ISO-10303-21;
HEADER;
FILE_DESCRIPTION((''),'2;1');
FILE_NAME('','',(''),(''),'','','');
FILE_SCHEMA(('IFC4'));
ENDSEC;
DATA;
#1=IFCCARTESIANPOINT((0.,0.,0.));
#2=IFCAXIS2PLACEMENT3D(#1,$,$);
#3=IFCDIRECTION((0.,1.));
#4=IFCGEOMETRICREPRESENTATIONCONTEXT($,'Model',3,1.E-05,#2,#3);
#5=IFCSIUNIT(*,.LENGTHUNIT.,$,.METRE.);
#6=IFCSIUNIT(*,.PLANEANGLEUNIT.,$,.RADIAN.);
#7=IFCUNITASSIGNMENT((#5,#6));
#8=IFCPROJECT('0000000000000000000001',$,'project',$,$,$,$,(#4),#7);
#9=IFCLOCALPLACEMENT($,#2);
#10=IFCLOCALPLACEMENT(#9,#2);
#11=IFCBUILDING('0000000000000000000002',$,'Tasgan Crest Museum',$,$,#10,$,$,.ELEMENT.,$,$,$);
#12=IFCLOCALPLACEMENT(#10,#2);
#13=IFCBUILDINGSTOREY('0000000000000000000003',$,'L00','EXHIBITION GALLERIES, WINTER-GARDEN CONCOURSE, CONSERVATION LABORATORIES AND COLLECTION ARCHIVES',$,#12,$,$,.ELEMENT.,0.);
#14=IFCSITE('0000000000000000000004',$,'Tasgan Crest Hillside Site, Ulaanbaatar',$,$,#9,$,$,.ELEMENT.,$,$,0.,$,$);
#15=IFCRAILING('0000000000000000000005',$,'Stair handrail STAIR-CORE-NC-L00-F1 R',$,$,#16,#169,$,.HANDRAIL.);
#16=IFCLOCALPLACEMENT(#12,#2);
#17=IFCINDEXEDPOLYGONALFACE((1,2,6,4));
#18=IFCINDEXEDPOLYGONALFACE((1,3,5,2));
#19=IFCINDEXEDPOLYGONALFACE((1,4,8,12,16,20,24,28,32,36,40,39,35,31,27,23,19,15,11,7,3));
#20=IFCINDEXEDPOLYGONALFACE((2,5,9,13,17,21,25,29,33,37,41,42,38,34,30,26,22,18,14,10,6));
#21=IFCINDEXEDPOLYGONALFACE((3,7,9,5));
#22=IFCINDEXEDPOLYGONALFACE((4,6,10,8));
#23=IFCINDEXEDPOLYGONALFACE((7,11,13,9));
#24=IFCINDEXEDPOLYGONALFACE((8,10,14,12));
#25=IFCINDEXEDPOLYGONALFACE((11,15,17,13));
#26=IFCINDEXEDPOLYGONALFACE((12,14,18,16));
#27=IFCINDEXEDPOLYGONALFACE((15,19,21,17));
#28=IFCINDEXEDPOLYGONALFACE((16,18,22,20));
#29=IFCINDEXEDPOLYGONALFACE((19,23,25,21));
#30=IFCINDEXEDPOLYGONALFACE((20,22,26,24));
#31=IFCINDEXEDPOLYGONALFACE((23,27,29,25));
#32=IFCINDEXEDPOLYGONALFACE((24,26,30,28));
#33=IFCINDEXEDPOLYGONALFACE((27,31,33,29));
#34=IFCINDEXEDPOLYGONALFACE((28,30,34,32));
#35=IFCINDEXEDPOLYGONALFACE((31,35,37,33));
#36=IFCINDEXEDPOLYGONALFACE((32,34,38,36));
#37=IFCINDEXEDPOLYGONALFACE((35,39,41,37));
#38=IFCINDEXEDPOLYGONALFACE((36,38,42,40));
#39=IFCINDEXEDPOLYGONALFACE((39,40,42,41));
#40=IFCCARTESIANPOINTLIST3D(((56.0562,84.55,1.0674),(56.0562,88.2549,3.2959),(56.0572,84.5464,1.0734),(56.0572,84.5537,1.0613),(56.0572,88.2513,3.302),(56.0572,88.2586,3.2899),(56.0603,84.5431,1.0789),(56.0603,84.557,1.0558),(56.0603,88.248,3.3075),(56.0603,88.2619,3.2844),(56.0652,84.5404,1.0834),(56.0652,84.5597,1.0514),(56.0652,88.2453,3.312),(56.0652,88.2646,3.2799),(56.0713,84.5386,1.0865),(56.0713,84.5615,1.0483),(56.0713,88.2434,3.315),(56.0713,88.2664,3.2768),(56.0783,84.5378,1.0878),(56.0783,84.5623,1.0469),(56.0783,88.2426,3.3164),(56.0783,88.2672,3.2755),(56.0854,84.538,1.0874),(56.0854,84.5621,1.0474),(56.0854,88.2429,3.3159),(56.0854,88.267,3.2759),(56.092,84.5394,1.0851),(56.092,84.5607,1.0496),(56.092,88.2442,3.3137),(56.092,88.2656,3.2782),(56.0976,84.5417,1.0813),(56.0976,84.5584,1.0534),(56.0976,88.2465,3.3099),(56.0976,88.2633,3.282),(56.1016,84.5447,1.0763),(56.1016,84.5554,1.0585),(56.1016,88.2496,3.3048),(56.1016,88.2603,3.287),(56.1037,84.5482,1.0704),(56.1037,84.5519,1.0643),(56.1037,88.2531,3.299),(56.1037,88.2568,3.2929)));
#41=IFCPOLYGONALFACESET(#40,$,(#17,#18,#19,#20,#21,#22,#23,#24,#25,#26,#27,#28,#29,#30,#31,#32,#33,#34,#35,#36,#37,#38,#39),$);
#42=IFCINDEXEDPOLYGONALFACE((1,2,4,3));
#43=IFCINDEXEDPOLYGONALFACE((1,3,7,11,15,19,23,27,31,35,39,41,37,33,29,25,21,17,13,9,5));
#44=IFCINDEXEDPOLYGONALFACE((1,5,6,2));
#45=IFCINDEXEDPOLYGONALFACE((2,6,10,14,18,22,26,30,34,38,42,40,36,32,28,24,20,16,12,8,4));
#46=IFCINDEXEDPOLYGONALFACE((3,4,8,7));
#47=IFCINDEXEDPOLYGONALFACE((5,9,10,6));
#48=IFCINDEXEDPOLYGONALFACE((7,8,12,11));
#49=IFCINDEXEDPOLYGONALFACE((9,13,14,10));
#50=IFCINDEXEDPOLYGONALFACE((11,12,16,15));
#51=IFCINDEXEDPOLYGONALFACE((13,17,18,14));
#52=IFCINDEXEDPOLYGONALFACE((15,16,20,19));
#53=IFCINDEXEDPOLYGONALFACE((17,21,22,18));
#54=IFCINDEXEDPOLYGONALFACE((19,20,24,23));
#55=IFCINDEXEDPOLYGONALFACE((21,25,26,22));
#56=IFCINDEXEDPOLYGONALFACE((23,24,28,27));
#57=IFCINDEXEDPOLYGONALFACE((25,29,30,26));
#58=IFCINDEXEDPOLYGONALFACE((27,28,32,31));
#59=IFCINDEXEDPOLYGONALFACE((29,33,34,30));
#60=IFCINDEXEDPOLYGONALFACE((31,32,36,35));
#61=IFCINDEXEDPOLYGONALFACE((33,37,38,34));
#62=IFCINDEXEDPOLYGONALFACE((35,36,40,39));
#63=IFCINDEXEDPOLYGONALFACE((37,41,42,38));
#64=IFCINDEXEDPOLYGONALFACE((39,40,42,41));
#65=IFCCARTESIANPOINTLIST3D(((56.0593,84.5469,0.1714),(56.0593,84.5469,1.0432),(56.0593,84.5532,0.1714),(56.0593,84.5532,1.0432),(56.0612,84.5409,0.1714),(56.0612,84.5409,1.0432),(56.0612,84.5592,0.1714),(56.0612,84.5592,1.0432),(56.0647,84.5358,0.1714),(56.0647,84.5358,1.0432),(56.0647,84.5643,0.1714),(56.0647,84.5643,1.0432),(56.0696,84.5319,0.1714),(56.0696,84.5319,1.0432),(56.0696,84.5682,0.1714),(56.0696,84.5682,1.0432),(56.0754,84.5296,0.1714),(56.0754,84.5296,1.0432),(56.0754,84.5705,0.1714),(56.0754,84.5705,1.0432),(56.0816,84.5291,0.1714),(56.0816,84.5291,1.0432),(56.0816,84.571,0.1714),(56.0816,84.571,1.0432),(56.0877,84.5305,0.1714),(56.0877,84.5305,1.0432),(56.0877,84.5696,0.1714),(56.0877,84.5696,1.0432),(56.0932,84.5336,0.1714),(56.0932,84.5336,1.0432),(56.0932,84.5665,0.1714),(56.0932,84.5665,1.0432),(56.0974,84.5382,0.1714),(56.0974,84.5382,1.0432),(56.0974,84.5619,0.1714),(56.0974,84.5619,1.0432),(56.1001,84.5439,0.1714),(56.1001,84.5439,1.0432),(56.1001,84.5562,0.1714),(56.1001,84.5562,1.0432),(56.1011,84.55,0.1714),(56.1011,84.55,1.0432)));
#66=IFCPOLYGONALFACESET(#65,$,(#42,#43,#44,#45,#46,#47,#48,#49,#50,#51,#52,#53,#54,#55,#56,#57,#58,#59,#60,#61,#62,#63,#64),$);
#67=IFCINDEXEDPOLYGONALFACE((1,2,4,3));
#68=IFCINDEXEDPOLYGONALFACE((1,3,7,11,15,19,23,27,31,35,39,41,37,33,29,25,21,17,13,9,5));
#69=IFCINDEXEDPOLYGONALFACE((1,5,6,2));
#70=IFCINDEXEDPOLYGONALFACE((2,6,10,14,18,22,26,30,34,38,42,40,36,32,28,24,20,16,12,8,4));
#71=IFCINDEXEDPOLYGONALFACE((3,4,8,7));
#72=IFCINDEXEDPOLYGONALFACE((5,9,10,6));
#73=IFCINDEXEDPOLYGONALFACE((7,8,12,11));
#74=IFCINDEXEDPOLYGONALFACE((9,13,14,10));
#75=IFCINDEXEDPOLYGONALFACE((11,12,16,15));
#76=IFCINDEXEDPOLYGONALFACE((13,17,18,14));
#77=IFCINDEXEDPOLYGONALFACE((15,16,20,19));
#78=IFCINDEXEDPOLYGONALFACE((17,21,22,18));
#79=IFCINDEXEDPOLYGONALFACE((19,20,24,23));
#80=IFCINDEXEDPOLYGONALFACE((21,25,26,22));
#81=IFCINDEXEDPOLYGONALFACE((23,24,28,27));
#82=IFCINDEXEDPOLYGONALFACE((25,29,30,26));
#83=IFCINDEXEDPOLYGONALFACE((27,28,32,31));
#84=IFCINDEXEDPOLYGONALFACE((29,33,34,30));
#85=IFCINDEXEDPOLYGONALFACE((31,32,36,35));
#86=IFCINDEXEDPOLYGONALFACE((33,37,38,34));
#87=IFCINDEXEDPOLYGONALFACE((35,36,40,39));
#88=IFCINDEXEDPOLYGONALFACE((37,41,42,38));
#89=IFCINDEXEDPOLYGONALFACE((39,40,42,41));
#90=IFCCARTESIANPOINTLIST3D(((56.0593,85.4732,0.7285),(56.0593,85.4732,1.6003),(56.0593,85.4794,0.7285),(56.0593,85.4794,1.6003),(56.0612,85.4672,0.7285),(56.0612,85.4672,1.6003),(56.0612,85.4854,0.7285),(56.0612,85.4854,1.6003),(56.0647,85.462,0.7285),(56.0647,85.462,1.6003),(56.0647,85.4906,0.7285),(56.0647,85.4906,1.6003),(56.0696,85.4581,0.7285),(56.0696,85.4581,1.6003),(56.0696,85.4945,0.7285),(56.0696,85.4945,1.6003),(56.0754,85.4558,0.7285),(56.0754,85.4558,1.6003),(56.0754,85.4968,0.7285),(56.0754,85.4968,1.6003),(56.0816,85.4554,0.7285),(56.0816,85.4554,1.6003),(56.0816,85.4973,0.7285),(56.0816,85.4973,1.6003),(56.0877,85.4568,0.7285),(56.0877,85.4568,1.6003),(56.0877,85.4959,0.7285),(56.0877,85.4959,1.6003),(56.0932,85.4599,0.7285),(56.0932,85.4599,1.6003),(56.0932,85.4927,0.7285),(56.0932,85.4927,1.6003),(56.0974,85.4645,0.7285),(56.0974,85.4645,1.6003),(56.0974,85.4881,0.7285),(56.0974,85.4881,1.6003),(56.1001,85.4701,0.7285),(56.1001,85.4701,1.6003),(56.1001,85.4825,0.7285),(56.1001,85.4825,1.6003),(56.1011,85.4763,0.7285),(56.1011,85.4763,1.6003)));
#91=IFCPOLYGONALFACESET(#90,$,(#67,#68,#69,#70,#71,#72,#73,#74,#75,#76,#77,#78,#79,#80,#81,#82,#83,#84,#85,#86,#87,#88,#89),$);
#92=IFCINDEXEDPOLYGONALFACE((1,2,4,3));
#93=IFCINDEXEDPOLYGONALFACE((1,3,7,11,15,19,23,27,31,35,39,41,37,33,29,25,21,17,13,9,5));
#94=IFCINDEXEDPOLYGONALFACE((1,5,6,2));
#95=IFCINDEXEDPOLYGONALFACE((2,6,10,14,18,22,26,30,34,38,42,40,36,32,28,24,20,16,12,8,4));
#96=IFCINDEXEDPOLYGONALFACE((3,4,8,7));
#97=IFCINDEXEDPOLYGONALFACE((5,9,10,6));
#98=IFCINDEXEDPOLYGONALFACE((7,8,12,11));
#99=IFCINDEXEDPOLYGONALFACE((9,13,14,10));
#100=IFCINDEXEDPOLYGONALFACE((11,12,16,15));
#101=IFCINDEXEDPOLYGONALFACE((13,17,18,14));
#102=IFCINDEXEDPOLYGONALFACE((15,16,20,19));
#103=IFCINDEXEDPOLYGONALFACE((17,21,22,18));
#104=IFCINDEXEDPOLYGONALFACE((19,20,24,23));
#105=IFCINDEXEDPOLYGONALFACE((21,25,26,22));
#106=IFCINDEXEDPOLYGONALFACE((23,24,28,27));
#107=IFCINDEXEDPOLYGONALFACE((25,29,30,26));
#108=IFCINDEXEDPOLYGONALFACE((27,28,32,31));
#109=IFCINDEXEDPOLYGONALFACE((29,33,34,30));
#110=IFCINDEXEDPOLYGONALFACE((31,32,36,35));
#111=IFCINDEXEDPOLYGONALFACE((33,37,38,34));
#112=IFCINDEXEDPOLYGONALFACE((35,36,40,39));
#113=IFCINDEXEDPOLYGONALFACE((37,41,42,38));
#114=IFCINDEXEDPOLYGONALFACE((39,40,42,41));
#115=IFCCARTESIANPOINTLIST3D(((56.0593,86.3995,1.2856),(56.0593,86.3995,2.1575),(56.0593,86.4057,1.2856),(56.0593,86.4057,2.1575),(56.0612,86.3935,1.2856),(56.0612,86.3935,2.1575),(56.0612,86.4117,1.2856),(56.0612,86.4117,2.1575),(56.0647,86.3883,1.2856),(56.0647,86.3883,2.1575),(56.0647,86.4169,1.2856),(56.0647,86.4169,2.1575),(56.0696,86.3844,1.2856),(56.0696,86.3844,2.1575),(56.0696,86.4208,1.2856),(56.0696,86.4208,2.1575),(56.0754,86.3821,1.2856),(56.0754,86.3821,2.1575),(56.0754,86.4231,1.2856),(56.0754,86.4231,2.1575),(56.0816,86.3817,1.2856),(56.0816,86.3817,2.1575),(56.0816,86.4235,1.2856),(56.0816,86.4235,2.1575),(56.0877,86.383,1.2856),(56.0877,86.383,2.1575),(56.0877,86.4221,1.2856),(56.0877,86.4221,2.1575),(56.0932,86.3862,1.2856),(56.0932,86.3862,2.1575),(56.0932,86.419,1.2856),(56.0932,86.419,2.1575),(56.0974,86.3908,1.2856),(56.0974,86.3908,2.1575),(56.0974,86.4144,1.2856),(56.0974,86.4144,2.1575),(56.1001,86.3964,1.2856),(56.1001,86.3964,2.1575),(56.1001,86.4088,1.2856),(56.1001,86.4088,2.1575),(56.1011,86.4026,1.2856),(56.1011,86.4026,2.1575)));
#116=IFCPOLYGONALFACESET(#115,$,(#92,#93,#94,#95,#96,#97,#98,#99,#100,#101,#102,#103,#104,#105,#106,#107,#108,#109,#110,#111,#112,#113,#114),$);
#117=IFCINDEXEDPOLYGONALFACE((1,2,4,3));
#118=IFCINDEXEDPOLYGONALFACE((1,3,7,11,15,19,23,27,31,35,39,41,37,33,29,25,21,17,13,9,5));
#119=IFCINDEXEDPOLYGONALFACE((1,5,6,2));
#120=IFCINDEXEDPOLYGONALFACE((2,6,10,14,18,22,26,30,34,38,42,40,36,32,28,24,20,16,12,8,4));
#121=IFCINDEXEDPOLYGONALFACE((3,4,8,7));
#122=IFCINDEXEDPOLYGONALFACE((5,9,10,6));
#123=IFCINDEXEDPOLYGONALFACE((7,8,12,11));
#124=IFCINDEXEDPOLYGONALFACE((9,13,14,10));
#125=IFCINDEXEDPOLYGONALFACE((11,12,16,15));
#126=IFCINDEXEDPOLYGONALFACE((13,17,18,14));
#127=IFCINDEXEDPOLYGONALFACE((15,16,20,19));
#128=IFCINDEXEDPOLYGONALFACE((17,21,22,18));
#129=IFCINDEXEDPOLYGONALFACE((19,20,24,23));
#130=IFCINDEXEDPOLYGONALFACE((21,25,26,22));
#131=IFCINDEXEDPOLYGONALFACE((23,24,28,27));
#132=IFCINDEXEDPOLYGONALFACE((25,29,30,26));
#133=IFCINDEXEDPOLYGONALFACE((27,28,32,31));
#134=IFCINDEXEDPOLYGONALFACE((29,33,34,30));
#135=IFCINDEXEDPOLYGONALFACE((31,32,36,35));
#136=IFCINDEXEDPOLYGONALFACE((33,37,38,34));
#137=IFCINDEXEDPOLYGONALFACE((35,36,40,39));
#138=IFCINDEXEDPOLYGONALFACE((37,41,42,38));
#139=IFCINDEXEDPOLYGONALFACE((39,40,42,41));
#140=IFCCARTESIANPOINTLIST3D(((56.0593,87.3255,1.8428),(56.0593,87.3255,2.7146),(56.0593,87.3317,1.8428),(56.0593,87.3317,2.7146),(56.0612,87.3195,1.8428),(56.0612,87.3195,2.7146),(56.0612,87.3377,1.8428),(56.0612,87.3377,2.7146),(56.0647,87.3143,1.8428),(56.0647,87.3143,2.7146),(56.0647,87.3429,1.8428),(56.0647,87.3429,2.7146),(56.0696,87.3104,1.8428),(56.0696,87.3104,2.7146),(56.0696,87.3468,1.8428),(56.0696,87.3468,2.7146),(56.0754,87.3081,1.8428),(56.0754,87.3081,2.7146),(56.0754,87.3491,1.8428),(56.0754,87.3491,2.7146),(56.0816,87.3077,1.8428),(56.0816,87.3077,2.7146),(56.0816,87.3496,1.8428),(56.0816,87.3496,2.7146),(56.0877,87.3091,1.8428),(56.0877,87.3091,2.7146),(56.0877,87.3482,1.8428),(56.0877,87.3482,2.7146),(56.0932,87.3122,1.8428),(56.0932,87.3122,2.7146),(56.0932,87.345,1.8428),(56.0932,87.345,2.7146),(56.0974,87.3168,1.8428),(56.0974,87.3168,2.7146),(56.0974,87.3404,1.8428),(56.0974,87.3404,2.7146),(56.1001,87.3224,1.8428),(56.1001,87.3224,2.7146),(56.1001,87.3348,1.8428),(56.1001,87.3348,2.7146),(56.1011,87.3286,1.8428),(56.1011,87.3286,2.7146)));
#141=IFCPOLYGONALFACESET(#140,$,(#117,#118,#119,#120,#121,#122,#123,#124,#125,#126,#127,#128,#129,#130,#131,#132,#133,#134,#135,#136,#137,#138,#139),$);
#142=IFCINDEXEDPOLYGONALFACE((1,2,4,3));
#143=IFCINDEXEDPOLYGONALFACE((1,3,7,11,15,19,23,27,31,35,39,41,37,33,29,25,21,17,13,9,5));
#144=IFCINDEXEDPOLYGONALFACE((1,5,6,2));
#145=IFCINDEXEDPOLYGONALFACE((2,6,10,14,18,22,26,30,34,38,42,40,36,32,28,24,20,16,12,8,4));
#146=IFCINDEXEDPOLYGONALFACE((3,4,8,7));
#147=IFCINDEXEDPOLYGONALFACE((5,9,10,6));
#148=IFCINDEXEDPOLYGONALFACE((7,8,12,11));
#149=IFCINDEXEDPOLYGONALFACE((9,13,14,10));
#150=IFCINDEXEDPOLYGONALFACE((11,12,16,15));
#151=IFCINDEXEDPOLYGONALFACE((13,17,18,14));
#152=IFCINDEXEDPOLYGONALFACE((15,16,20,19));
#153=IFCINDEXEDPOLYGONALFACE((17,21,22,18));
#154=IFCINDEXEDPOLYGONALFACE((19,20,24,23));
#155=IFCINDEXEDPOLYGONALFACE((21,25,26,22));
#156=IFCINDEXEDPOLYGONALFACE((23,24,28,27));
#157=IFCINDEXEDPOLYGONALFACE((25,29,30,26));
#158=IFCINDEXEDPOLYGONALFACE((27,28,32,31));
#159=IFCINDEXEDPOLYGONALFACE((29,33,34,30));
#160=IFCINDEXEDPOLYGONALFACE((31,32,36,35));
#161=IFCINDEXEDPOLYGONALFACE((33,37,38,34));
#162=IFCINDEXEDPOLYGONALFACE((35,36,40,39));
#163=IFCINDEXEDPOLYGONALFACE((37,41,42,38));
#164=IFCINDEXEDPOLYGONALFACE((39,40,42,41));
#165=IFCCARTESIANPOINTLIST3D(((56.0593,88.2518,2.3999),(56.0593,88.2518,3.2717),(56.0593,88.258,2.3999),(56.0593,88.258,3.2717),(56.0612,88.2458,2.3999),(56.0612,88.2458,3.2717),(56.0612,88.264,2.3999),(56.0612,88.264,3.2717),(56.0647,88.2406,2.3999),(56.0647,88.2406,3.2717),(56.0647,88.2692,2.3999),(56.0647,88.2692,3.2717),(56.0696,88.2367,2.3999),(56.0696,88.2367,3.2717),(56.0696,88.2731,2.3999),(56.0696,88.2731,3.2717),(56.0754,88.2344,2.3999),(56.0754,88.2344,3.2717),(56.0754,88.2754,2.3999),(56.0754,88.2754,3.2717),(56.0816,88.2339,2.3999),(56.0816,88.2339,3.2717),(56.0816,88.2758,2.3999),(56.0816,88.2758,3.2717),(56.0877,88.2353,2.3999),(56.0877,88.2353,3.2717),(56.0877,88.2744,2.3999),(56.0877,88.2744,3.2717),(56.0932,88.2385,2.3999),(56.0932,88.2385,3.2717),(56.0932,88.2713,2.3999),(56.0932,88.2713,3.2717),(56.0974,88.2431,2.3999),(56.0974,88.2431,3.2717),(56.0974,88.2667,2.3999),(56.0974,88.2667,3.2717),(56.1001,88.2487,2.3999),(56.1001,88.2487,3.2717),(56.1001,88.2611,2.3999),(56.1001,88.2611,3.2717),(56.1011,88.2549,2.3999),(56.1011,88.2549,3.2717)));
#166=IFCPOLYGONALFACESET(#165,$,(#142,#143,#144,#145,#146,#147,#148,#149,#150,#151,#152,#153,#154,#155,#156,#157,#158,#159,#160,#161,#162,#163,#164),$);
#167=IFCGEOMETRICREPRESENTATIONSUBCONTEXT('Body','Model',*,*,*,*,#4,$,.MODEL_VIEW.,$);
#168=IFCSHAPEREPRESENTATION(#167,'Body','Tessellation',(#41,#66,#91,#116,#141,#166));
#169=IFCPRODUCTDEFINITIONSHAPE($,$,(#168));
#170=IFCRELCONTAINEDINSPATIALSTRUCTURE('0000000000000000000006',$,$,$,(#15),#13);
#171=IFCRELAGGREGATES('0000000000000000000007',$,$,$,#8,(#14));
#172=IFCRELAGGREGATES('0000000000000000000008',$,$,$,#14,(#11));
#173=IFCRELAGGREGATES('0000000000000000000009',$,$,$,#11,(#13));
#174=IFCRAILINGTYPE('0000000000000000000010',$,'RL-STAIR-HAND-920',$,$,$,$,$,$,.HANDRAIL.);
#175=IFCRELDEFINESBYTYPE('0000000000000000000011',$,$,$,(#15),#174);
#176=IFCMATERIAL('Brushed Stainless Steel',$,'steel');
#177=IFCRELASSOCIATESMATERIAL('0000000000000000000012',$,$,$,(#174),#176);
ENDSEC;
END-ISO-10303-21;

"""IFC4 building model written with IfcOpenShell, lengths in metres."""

from ifc_helpers import new_model, si_unit, direction, frame, origin, origin_2d, place, context, subcontext, project, spatial, circle, extrude, material, type_object, element, save


model = new_model("IFC4")

# Units and contexts
model_context = context("Model", 3, precision=1e-05, world=origin(), true_north=direction((0.0, 1.0)))
body_context = subcontext(model_context, "Body", "Model", "MODEL_VIEW")
ifc_project = project(units=[si_unit("LENGTHUNIT", "METRE"), si_unit("PLANEANGLEUNIT", "RADIAN")], contexts=[model_context])

# Site, building, storey
site_placement = place(None, origin())
site = spatial("IfcSite", under=ifc_project, at=site_placement, Name="Tasgan Crest Hillside Site, Ulaanbaatar", CompositionType="ELEMENT", RefElevation=0.0)
building_placement = place(site_placement, origin())
building = spatial("IfcBuilding", under=site, at=building_placement, Name="Tasgan Crest Museum", CompositionType="ELEMENT")
storey_placement = place(building_placement, origin())
storey = spatial("IfcBuildingStorey", under=building, at=storey_placement, Name="L00", Description="EXHIBITION GALLERIES, WINTER-GARDEN CONCOURSE, CONSERVATION LABORATORIES AND COLLECTION ARCHIVES", CompositionType="ELEMENT", Elevation=0.0)

# Railing
ifc_material_1 = material(Name="Brushed Stainless Steel", Category="steel")
railing_type_1 = type_object("IfcRailingType", Name="RL-STAIR-HAND-920", PredefinedType="HANDRAIL", material=ifc_material_1)
railing_1_placement = place(storey_placement, frame((56.0801, 84.55, 0.1714)))
element("IfcRailing", 1, at=railing_1_placement, inside=storey, type_object=railing_type_1, Name="Stair handrail STAIR-CORE-NC-L00-F1 R", PredefinedType="HANDRAIL", context=body_context, shape_type="SweptSolid", body=[
    extrude(circle(Radius=0.0239, at=origin_2d()), frame((0.0, 0.0, 0.896), z_axis=(0.0, 0.856919, 0.51545), x_axis=(-1.0, 0.0, 0.0)), (0.0, 0.0, 1.0), 4.3235),
    extrude(circle(Radius=0.021, at=origin_2d()), origin(), (0.0, 0.0, 1.0), 0.8718),
    extrude(circle(Radius=0.021, at=origin_2d()), frame((0.0, 0.9263, 0.5571)), (0.0, 0.0, 1.0), 0.8718),
    extrude(circle(Radius=0.021, at=origin_2d()), frame((0.0, 1.8525, 1.1143)), (0.0, 0.0, 1.0), 0.8718),
    extrude(circle(Radius=0.021, at=origin_2d()), frame((0.0, 2.7786, 1.6714)), (0.0, 0.0, 1.0), 0.8718),
    extrude(circle(Radius=0.021, at=origin_2d()), frame((0.0, 3.7048, 2.2285)), (0.0, 0.0, 1.0), 0.8718),
])

save(model, "model.ifc")
